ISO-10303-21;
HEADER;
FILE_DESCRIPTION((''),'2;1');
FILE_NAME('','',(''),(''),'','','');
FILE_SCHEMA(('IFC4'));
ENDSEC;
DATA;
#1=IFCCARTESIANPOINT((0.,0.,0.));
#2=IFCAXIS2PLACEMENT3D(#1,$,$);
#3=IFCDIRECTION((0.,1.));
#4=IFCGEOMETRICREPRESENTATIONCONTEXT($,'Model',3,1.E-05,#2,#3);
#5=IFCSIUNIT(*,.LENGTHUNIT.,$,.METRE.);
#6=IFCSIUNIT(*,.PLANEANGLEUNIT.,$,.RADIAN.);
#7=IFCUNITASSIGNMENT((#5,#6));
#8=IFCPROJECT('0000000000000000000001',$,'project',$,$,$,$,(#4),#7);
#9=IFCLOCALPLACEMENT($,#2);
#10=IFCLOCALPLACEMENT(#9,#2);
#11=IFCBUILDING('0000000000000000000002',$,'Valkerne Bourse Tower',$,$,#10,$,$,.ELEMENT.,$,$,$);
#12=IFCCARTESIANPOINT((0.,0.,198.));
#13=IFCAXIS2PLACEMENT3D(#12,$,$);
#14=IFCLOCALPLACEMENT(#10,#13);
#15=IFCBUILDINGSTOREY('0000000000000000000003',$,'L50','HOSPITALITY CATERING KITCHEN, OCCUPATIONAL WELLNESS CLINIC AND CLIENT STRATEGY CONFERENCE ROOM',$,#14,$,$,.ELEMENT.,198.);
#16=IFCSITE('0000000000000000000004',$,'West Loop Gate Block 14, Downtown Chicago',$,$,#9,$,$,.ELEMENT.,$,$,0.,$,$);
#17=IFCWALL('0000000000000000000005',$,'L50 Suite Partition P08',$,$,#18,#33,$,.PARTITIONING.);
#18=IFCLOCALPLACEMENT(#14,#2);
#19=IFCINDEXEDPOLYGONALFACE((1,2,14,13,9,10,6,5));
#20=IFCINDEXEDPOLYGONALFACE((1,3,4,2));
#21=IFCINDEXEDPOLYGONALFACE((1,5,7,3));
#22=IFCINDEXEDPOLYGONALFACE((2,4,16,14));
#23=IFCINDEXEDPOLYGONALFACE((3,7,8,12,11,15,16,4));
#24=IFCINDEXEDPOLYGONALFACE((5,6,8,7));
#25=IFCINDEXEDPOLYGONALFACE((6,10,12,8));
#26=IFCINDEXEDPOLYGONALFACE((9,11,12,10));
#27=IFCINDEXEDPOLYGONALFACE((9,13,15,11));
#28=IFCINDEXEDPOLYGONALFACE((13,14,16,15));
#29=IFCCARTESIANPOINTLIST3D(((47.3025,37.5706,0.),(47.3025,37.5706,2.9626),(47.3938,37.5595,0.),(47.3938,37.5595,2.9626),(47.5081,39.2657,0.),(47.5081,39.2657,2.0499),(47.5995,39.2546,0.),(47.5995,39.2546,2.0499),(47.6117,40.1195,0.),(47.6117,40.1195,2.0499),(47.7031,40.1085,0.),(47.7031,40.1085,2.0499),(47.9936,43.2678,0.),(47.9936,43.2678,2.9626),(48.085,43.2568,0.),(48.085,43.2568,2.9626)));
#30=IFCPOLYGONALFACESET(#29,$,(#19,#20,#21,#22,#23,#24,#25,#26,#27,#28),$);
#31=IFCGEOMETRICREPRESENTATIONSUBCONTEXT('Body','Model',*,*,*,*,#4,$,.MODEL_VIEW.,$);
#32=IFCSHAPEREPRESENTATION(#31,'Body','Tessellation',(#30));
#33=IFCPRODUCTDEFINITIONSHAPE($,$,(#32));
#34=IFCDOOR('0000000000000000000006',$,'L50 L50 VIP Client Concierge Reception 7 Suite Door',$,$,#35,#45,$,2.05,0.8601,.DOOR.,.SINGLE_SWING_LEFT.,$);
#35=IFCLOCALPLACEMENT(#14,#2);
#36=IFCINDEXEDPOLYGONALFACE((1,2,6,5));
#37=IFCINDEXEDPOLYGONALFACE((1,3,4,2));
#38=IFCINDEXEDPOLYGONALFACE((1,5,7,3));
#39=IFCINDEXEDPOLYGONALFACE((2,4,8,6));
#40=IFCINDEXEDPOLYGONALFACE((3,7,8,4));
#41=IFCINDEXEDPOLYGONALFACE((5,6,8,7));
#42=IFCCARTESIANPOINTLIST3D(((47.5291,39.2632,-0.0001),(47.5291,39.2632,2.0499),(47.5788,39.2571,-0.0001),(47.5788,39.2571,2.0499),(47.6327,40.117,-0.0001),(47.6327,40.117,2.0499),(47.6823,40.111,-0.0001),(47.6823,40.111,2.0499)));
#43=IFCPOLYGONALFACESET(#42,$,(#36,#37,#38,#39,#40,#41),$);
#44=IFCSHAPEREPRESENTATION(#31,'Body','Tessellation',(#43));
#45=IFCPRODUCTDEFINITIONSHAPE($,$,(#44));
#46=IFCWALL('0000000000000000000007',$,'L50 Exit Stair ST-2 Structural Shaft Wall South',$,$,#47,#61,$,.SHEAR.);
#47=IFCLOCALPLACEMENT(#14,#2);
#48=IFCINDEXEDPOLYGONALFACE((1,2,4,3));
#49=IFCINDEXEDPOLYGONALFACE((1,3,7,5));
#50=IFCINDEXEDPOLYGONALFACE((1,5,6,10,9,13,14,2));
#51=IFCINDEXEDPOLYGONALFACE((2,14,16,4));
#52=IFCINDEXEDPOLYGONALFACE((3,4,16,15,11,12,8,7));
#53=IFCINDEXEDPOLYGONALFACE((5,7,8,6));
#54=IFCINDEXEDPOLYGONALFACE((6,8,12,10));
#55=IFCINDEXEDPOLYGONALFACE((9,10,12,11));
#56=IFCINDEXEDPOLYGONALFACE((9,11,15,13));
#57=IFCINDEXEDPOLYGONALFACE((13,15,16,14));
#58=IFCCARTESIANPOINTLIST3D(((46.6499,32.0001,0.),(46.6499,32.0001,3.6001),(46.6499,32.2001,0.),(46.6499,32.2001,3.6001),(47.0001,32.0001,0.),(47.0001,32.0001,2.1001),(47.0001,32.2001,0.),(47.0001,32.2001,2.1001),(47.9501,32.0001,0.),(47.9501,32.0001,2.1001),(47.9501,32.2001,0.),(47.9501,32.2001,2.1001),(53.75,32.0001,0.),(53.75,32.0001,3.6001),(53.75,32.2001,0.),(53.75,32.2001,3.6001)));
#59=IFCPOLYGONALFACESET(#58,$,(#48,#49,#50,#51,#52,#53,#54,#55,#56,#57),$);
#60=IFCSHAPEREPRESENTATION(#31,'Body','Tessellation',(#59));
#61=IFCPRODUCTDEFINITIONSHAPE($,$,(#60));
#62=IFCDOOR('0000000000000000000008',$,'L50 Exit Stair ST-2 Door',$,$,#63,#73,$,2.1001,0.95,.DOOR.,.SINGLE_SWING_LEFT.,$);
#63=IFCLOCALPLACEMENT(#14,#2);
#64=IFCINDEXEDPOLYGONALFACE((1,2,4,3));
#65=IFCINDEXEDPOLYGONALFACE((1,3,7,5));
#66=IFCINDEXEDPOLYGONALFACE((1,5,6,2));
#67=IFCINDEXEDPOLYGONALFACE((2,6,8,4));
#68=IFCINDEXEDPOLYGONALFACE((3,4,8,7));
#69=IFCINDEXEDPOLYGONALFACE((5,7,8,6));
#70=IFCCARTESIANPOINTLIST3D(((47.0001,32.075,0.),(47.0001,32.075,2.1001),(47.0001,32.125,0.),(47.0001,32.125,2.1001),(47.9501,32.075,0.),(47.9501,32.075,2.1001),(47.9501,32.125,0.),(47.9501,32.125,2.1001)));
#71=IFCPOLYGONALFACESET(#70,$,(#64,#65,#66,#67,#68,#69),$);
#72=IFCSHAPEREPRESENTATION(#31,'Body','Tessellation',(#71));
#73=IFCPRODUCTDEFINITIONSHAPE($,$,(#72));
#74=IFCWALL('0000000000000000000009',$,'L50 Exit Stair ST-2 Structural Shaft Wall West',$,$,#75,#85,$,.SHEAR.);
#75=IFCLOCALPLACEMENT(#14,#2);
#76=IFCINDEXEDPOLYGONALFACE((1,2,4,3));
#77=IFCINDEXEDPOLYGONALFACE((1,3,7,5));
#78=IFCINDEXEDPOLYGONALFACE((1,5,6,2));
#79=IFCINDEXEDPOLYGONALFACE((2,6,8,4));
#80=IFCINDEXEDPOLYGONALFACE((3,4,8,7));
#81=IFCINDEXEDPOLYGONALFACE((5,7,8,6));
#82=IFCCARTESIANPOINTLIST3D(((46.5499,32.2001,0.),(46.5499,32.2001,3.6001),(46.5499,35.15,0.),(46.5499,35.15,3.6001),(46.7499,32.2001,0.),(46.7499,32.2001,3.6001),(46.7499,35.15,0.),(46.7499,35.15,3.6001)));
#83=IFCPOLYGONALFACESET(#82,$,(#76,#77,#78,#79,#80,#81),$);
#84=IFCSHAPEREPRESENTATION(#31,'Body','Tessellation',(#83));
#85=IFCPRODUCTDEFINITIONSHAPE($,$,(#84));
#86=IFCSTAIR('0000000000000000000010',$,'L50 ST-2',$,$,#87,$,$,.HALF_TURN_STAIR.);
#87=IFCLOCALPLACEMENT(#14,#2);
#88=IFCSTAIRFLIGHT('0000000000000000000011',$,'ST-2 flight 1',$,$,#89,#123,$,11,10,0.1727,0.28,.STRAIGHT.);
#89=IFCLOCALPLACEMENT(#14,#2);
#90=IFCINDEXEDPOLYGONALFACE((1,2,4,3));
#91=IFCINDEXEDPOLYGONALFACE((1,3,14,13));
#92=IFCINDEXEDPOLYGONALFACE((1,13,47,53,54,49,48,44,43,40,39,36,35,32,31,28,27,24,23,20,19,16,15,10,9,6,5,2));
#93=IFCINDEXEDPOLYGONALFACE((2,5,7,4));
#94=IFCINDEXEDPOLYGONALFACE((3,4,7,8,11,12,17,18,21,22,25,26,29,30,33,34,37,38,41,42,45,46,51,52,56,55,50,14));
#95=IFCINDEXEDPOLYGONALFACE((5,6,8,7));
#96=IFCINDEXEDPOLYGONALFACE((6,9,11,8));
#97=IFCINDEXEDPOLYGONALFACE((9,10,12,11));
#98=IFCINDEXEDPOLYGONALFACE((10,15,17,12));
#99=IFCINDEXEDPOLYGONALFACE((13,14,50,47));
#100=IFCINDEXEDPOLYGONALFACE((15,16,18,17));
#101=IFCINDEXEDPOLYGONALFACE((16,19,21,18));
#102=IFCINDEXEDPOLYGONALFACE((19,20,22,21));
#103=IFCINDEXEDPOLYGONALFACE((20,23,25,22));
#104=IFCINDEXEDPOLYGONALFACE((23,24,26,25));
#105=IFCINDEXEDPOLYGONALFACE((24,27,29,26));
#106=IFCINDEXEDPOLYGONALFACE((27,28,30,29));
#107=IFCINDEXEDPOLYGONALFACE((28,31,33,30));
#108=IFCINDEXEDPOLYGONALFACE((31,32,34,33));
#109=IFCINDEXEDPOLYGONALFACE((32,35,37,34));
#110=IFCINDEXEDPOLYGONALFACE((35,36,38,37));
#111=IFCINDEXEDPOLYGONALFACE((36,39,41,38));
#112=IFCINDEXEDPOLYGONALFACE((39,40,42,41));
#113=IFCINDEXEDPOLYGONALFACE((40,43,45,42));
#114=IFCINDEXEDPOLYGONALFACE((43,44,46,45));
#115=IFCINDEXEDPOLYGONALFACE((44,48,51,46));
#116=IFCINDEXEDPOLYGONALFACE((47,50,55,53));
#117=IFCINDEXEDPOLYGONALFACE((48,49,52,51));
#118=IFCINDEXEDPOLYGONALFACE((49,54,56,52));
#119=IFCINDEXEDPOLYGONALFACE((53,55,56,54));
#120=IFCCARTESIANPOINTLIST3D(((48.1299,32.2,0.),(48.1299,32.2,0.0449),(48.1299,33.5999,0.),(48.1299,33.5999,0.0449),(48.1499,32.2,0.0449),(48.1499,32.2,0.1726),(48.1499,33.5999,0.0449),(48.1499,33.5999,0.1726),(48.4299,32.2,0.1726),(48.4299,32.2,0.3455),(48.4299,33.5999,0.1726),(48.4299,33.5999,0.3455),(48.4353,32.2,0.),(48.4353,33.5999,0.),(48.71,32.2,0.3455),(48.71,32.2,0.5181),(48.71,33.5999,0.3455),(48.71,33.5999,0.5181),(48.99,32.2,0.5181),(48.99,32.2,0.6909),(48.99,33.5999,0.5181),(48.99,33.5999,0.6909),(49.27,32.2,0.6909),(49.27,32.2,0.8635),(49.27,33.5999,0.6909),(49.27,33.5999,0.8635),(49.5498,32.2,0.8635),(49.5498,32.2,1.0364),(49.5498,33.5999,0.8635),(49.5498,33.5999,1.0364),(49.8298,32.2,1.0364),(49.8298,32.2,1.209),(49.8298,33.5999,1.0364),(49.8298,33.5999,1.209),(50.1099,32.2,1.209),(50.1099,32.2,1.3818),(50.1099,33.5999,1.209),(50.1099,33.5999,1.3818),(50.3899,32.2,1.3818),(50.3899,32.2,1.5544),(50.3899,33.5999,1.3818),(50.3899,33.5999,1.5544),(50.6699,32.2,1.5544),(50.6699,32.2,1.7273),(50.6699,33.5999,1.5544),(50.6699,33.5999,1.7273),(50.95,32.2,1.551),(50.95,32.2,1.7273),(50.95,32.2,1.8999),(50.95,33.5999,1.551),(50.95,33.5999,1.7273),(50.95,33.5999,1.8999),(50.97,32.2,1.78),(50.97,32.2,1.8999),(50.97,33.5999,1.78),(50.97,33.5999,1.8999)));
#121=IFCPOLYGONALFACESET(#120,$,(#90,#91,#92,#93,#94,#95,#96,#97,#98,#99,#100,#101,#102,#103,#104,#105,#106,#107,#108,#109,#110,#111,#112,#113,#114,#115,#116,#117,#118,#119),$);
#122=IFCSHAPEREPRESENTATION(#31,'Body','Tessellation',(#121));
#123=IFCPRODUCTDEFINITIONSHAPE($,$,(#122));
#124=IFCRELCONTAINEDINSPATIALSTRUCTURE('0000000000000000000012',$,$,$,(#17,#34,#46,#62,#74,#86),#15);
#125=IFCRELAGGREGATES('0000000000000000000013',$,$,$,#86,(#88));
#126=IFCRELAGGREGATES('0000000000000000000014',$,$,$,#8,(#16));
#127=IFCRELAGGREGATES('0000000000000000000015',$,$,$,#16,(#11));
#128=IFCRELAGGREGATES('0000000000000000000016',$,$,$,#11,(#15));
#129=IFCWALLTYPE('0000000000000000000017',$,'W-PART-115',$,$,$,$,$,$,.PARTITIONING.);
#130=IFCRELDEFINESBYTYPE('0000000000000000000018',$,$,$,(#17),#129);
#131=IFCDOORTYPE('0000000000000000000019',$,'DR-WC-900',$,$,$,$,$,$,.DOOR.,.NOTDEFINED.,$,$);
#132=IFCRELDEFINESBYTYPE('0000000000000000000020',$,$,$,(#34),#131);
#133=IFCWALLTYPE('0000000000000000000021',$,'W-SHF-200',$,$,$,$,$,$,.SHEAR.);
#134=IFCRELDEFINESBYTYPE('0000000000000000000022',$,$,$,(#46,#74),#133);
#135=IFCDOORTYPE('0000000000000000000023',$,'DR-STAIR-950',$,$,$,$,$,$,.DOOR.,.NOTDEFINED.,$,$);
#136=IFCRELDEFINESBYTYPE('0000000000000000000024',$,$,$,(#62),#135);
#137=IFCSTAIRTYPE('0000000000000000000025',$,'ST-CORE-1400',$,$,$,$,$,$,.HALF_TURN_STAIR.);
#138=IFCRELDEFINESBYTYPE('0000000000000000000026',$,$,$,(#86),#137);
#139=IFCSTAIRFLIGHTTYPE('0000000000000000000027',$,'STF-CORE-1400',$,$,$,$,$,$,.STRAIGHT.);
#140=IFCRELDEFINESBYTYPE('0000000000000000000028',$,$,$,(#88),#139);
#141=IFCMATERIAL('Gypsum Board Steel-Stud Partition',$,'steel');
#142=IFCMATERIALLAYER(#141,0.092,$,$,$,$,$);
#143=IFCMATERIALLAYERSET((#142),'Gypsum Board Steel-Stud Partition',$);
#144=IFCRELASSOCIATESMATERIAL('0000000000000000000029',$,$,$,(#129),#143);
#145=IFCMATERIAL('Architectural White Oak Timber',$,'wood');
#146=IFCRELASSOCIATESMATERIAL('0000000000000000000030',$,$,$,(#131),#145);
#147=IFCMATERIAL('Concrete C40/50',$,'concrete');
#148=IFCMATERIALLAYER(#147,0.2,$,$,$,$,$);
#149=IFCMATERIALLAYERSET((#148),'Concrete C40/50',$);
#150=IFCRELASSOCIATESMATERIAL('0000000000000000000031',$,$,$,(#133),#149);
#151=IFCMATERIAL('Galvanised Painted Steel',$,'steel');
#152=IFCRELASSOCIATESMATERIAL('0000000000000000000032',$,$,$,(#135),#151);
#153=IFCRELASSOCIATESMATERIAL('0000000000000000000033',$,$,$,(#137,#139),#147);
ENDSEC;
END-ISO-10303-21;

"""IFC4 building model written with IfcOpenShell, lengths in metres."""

from ifc_helpers import new_model, si_unit, direction, frame, frame_2d, origin, place, context, subcontext, project, spatial, polyline, rectangle, outline, extrude, material, layer, layer_set, type_object, element, fill, aggregate, save


model = new_model("IFC4")

# Units and contexts
model_context = context("Model", 3, precision=1e-05, world=origin(), true_north=direction((0.0, 1.0)))
body_context = subcontext(model_context, "Body", "Model", "MODEL_VIEW")
ifc_project = project(units=[si_unit("LENGTHUNIT", "METRE"), si_unit("PLANEANGLEUNIT", "RADIAN")], contexts=[model_context])

# Site, building, storey
site_placement = place(None, origin())
site = spatial("IfcSite", under=ifc_project, at=site_placement, Name="West Loop Gate Block 14, Downtown Chicago", CompositionType="ELEMENT", RefElevation=0.0)
building_placement = place(site_placement, origin())
building = spatial("IfcBuilding", under=site, at=building_placement, Name="Valkerne Bourse Tower", CompositionType="ELEMENT")
storey_placement = place(building_placement, frame((0.0, 0.0, 198.0)))
storey = spatial("IfcBuildingStorey", under=building, at=storey_placement, Name="L50", Description="HOSPITALITY CATERING KITCHEN, OCCUPATIONAL WELLNESS CLINIC AND CLIENT STRATEGY CONFERENCE ROOM", CompositionType="ELEMENT", Elevation=198.0)

# Shared definitions
ifc_material_1 = material(Name="Gypsum Board Steel-Stud Partition", Category="steel")

# Shared definitions
ifc_material_2 = material(Name="Galvanised Painted Steel", Category="steel")

# Walls, openings, doors
ifc_layer_1 = layer(ifc_material_1, 0.092)
ifc_layer_set_1 = layer_set([ifc_layer_1], Name="Gypsum Board Steel-Stud Partition")
wall_type_1 = type_object("IfcWallType", Name="W-PART-115", PredefinedType="PARTITIONING", material=ifc_layer_set_1)
wall_1_placement = place(storey_placement, frame((47.3481, 37.5649, 0.0), z_axis=(0.0, 0.0, 1.0), x_axis=(0.120432, 0.992722, 0.0)))
wall_1 = element("IfcWall", 1, at=wall_1_placement, inside=storey, type_object=wall_type_1, Name="L50 Suite Partition P08", PredefinedType="PARTITIONING", context=body_context, shape_type="SweptSolid", body=[
    extrude(rectangle(XDim=5.739, YDim=0.092, at=frame_2d((2.8696, 0.0))), origin(), (0.0, 0.0, 1.0), 2.9626),
])
opening_1_placement = place(wall_1_placement, frame((1.7075, 0.0, 0.0)))
opening_1 = element("IfcOpeningElement", 2, at=opening_1_placement, cuts=wall_1, PredefinedType="OPENING", context=body_context, shape_type="SweptSolid", body=[
    extrude(rectangle(XDim=0.8601, YDim=2.05, at=frame_2d((0.4302, 1.0249))), frame((0.0, 0.0559, 0.0), z_axis=(0.0, -1.0, 0.0), x_axis=(1.0, 0.0, 0.0)), (0.0, 0.0, 1.0), 0.1121),
])
ifc_material_3 = material(Name="Architectural White Oak Timber", Category="wood")
door_type_1 = type_object("IfcDoorType", Name="DR-WC-900", OperationType="NOTDEFINED", PredefinedType="DOOR", material=ifc_material_3)
door_1_placement = place(opening_1_placement, origin())
door_1 = element("IfcDoor", 3, at=door_1_placement, inside=storey, type_object=door_type_1, Name="L50 L50 VIP Client Concierge Reception 7 Suite Door", OperationType="SINGLE_SWING_LEFT", OverallHeight=2.05, OverallWidth=0.8601, PredefinedType="DOOR", context=body_context, shape_type="SweptSolid", body=[
    extrude(rectangle(XDim=0.8601, YDim=2.05, at=frame_2d((0.4302, 1.0249))), frame((0.0, 0.0249, 0.0), z_axis=(0.0, -1.0, 0.0), x_axis=(1.0, 0.0, 0.0)), (0.0, 0.0, 1.0), 0.05),
])
fill(opening_1, door_1)
ifc_material_4 = material(Name="Concrete C40/50", Category="concrete")
ifc_layer_2 = layer(ifc_material_4, 0.2)
ifc_layer_set_2 = layer_set([ifc_layer_2], Name="Concrete C40/50")
wall_type_2 = type_object("IfcWallType", Name="W-SHF-200", PredefinedType="SHEAR", material=ifc_layer_set_2)
wall_2_placement = place(storey_placement, frame((46.6499, 32.1001, 0.0), z_axis=(0.0, 0.0, 1.0), x_axis=(1.0, 0.0, 0.0)))
wall_2 = element("IfcWall", 4, at=wall_2_placement, inside=storey, type_object=wall_type_2, Name="L50 Exit Stair ST-2 Structural Shaft Wall South", PredefinedType="SHEAR", context=body_context, shape_type="SweptSolid", body=[
    extrude(rectangle(XDim=7.1001, YDim=0.2, at=frame_2d((3.55, 0.0))), origin(), (0.0, 0.0, 1.0), 3.6001),
])
opening_2_placement = place(wall_2_placement, frame((0.3501, 0.0, 0.0)))
opening_2 = element("IfcOpeningElement", 5, at=opening_2_placement, cuts=wall_2, PredefinedType="OPENING", context=body_context, shape_type="SweptSolid", body=[
    extrude(rectangle(XDim=0.95, YDim=2.1001, at=frame_2d((0.4751, 1.05))), frame((0.0, 0.1099, 0.0), z_axis=(0.0, -1.0, 0.0), x_axis=(1.0, 0.0, 0.0)), (0.0, 0.0, 1.0), 0.22),
])
door_type_2 = type_object("IfcDoorType", Name="DR-STAIR-950", OperationType="NOTDEFINED", PredefinedType="DOOR", material=ifc_material_2)
door_2_placement = place(opening_2_placement, origin())
door_2 = element("IfcDoor", 6, at=door_2_placement, inside=storey, type_object=door_type_2, Name="L50 Exit Stair ST-2 Door", OperationType="SINGLE_SWING_LEFT", OverallHeight=2.1001, OverallWidth=0.95, PredefinedType="DOOR", context=body_context, shape_type="SweptSolid", body=[
    extrude(rectangle(XDim=0.95, YDim=2.1001, at=frame_2d((0.4751, 1.05))), frame((0.0, 0.0249, 0.0), z_axis=(0.0, -1.0, 0.0), x_axis=(1.0, 0.0, 0.0)), (0.0, 0.0, 1.0), 0.05),
])
fill(opening_2, door_2)

# Wall
wall_3_placement = place(storey_placement, frame((46.6499, 32.2, 0.0), z_axis=(0.0, 0.0, 1.0), x_axis=(0.0, 1.0, 0.0)))
element("IfcWall", 7, at=wall_3_placement, inside=storey, type_object=wall_type_2, Name="L50 Exit Stair ST-2 Structural Shaft Wall West", PredefinedType="SHEAR", context=body_context, shape_type="SweptSolid", body=[
    extrude(rectangle(XDim=2.95, YDim=0.2, at=frame_2d((1.4751, 0.0))), origin(), (0.0, 0.0, 1.0), 3.6001),
])

# Stair, stair flight
stair_type = type_object("IfcStairType", Name="ST-CORE-1400", PredefinedType="HALF_TURN_STAIR", material=ifc_material_4)
stair_placement = place(storey_placement, origin())
stair = element("IfcStair", 8, at=stair_placement, inside=storey, type_object=stair_type, Name="L50 ST-2", PredefinedType="HALF_TURN_STAIR")
stair_flight_type = type_object("IfcStairFlightType", Name="STF-CORE-1400", PredefinedType="STRAIGHT", material=ifc_material_4)
stair_flight_placement = place(storey_placement, frame((48.1499, 32.8999, 0.0), z_axis=(0.0, 0.0, 1.0), x_axis=(1.0, 0.0, 0.0)))
stair_flight = element("IfcStairFlight", 9, at=stair_flight_placement, type_object=stair_flight_type, Name="ST-2 flight 1", NumberOfRisers=11, NumberOfTreads=10, PredefinedType="STRAIGHT", RiserHeight=0.1727, TreadLength=0.28, context=body_context, shape_type="SweptSolid", body=[
    extrude(outline(polyline([(-0.02, 0.0), (-0.02, 0.0449), (0.0, 0.0449), (0.0, 0.1726), (0.28, 0.1726), (0.28, 0.3455), (0.5601, 0.3455), (0.5601, 0.5181), (0.8401, 0.5181), (0.8401, 0.6909), (1.1201, 0.6909), (1.1201, 0.8635), (1.3999, 0.8635), (1.3999, 1.0364), (1.6799, 1.0364), (1.6799, 1.209), (1.96, 1.209), (1.96, 1.3818), (2.24, 1.3818), (2.24, 1.5544), (2.52, 1.5544), (2.52, 1.7273), (2.8, 1.7273), (2.8, 1.8999), (2.8201, 1.8999), (2.8201, 1.78), (2.8, 1.551), (0.2854, 0.0), (-0.02, 0.0)])), frame((0.0, 0.7, 0.0), z_axis=(0.0, -1.0, 0.0), x_axis=(1.0, 0.0, 0.0)), (0.0, 0.0, 1.0), 1.3999),
])
aggregate(stair, [stair_flight])

save(model, "model.ifc")
